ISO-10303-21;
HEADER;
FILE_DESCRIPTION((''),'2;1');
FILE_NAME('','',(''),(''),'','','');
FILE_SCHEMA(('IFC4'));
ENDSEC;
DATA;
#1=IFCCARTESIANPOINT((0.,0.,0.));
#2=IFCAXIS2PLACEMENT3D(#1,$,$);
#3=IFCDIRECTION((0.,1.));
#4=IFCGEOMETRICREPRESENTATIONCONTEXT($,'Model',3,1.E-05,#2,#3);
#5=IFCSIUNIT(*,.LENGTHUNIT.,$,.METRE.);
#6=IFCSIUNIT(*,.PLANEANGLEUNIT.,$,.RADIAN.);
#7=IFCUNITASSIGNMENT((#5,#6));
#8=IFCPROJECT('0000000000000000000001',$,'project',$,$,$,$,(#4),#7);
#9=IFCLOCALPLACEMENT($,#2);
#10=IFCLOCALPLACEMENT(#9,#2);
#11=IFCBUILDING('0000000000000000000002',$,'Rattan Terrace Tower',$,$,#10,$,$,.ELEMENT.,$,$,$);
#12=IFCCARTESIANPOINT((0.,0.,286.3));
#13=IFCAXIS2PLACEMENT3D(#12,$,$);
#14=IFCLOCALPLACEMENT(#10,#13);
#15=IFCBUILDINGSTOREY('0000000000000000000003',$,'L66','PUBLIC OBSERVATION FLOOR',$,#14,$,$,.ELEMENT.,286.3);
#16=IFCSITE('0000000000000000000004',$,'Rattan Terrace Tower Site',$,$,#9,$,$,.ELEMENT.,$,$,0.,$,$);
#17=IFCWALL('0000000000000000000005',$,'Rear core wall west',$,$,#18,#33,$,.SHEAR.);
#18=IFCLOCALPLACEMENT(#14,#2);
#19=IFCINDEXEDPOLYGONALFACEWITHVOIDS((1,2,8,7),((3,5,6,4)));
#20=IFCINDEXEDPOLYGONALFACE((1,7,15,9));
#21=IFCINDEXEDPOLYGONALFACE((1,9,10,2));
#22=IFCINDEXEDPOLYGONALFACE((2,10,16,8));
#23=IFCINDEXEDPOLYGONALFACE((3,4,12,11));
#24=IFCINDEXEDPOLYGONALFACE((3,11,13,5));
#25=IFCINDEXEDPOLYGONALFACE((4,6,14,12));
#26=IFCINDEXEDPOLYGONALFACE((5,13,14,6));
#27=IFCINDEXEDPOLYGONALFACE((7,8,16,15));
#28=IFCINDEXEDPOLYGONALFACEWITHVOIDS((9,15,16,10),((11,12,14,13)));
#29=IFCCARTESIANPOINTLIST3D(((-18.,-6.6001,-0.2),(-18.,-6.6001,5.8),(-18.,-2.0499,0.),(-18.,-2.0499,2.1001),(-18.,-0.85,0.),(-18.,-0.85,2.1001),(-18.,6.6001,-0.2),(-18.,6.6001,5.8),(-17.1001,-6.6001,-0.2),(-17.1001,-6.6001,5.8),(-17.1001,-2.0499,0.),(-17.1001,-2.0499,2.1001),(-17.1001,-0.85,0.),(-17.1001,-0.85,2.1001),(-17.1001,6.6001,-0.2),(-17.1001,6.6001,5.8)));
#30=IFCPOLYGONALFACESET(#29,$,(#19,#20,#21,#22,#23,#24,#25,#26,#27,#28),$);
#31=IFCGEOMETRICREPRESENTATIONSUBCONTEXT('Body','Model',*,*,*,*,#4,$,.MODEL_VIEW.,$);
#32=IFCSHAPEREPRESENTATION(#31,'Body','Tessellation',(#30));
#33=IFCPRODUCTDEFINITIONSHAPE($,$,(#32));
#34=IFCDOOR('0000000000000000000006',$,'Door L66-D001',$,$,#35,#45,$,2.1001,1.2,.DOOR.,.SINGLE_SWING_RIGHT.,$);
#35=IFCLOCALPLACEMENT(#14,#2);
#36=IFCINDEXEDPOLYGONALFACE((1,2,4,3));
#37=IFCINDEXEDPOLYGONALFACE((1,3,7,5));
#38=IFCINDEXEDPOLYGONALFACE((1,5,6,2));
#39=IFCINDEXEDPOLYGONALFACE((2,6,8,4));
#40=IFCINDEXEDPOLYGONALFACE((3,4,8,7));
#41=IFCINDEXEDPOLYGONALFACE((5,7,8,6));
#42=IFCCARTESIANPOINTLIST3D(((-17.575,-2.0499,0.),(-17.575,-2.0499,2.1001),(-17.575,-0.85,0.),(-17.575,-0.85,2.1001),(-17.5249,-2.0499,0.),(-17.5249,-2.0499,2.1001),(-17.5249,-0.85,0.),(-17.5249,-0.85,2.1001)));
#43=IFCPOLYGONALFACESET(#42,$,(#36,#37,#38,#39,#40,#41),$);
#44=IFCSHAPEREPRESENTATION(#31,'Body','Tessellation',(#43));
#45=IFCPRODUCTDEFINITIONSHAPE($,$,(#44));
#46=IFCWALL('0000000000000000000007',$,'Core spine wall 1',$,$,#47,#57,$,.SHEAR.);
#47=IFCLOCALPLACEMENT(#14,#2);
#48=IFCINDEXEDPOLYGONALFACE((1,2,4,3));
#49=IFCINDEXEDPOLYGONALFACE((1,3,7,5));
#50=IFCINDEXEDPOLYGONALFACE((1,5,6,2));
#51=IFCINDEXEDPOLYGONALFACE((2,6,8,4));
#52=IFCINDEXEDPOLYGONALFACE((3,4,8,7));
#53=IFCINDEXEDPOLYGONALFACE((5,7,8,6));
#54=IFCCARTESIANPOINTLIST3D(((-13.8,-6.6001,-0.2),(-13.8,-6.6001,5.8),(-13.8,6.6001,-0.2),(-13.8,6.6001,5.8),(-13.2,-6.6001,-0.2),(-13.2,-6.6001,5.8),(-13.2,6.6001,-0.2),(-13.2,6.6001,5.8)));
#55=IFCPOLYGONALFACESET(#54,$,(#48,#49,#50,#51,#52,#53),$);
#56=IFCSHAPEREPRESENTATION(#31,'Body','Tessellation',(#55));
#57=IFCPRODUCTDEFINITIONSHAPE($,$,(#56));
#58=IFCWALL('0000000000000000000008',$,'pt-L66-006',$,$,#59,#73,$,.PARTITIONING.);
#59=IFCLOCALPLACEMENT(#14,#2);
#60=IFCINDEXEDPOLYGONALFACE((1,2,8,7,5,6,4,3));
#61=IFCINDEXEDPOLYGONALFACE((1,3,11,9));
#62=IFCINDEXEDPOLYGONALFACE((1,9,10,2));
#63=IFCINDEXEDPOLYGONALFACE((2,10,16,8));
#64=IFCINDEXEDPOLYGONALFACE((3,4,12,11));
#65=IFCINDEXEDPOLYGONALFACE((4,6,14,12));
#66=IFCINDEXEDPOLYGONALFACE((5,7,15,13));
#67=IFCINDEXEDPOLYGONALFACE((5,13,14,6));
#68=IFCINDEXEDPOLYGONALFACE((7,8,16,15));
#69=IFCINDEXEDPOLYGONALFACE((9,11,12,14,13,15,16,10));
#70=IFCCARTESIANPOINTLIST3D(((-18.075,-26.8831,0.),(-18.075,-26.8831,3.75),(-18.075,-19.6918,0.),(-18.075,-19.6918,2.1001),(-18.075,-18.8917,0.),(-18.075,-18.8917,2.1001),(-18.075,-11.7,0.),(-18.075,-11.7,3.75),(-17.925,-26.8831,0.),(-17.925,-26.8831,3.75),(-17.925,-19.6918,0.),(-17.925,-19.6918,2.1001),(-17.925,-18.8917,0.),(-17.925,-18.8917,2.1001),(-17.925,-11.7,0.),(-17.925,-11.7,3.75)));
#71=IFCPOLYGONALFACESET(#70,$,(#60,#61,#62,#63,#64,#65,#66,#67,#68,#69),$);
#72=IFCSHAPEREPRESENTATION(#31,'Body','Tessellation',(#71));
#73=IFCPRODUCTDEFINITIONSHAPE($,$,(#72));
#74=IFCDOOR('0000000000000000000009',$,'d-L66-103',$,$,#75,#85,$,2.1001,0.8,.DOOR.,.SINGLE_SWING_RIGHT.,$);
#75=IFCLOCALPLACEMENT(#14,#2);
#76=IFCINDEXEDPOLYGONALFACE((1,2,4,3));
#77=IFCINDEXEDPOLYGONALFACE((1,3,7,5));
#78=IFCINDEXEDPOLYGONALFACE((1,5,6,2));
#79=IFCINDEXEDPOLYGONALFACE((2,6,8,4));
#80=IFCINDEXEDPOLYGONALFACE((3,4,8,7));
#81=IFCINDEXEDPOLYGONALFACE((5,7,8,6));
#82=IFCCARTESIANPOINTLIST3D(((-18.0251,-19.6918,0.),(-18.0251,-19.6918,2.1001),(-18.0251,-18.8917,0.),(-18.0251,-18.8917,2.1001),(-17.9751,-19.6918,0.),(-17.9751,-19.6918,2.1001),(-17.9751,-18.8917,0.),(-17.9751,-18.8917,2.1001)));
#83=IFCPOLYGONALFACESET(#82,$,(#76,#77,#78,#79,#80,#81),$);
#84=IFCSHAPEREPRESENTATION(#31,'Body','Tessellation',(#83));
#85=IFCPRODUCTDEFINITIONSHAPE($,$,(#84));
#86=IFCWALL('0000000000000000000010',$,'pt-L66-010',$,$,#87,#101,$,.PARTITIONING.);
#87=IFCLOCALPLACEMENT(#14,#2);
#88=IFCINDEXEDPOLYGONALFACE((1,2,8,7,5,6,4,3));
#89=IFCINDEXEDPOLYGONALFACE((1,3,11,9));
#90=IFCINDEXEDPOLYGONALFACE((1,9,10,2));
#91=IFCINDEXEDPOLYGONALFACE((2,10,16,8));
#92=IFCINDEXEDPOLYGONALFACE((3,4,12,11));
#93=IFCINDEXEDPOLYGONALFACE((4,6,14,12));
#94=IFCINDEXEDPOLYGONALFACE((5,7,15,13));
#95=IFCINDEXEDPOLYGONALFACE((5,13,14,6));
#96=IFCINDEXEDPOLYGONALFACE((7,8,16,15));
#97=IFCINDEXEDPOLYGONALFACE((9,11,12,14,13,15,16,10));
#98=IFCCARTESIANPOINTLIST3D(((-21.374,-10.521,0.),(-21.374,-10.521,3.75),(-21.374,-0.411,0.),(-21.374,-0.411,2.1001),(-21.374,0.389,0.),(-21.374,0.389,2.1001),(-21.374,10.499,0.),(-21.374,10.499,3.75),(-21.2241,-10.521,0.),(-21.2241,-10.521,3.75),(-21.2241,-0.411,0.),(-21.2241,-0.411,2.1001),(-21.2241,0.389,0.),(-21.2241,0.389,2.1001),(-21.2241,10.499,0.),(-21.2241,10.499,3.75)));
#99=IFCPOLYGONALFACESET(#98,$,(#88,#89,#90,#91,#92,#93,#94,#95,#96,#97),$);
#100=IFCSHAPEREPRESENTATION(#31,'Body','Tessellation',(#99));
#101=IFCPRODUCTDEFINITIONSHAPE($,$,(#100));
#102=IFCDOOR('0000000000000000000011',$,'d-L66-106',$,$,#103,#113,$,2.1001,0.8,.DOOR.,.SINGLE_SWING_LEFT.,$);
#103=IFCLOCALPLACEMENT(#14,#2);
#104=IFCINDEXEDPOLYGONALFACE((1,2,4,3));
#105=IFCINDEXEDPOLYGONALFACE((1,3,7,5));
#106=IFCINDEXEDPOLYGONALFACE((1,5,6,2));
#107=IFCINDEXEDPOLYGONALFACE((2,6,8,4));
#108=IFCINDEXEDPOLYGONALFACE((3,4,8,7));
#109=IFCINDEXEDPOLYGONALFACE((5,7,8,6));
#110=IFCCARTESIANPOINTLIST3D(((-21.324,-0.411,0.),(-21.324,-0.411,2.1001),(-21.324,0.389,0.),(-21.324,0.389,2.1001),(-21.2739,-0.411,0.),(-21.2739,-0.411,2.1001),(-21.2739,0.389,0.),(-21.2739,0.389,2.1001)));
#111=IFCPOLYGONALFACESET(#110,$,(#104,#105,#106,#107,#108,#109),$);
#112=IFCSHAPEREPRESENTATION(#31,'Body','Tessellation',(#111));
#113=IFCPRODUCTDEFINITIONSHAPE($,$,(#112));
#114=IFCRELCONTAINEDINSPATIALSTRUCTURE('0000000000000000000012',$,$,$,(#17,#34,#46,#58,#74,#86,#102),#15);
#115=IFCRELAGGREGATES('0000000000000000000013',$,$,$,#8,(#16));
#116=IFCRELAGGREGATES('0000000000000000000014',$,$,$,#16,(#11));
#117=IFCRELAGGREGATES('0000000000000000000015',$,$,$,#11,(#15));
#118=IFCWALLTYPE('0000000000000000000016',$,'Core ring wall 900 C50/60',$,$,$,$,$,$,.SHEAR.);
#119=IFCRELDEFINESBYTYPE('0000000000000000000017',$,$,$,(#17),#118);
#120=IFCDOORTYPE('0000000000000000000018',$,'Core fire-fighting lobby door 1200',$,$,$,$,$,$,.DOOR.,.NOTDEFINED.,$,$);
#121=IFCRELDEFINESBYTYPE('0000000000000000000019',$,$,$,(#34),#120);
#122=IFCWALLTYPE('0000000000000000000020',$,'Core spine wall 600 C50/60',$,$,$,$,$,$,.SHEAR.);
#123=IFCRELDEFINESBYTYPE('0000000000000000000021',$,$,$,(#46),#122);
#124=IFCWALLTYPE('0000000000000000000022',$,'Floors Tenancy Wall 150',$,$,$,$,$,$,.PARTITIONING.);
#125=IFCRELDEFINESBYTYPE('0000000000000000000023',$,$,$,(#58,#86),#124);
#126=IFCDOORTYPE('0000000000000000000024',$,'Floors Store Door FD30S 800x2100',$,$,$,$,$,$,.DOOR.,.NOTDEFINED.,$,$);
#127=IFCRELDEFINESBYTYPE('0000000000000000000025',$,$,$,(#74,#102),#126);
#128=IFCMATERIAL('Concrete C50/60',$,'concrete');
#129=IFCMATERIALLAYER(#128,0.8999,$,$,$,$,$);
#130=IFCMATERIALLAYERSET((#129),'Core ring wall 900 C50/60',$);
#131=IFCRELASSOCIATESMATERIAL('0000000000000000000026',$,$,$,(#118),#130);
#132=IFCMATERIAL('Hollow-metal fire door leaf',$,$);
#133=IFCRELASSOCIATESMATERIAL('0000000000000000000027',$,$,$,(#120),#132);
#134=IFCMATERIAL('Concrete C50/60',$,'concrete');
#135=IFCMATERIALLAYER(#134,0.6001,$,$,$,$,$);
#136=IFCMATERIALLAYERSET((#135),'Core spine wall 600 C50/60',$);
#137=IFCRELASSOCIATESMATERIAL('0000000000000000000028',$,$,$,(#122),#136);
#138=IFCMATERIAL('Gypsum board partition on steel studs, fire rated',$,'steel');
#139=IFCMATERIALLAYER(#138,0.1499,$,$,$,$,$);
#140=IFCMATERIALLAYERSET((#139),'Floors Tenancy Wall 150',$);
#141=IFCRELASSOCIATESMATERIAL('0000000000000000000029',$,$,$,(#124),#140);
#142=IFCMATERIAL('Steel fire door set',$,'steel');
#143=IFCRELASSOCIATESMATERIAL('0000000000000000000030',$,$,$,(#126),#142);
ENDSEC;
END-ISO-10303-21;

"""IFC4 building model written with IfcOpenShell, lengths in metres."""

from ifc_helpers import new_model, si_unit, direction, frame, frame_2d, origin, place, context, subcontext, project, spatial, rectangle, extrude, material, layer, layer_set, type_object, element, fill, save


model = new_model("IFC4")

# Units and contexts
model_context = context("Model", 3, precision=1e-05, world=origin(), true_north=direction((0.0, 1.0)))
body_context = subcontext(model_context, "Body", "Model", "MODEL_VIEW")
ifc_project = project(units=[si_unit("LENGTHUNIT", "METRE"), si_unit("PLANEANGLEUNIT", "RADIAN")], contexts=[model_context])

# Site, building, storey
site_placement = place(None, origin())
site = spatial("IfcSite", under=ifc_project, at=site_placement, Name="Rattan Terrace Tower Site", CompositionType="ELEMENT", RefElevation=0.0)
building_placement = place(site_placement, origin())
building = spatial("IfcBuilding", under=site, at=building_placement, Name="Rattan Terrace Tower", CompositionType="ELEMENT")
storey_placement = place(building_placement, frame((0.0, 0.0, 286.3)))
storey = spatial("IfcBuildingStorey", under=building, at=storey_placement, Name="L66", Description="PUBLIC OBSERVATION FLOOR", CompositionType="ELEMENT", Elevation=286.3)

# Shared definitions
ifc_material_1 = material(Name="Concrete C50/60", Category="concrete")
ifc_layer_1 = layer(ifc_material_1, 0.8999)
ifc_layer_set_1 = layer_set([ifc_layer_1], Name="Core ring wall 900 C50/60")
wall_type_1 = type_object("IfcWallType", Name="Core ring wall 900 C50/60", PredefinedType="SHEAR", material=ifc_layer_set_1)

# Wall, opening, door
wall_1_placement = place(storey_placement, frame((-17.55, -6.6001, -0.2), z_axis=(0.0, 0.0, 1.0), x_axis=(0.0, 1.0, 0.0)))
wall_1 = element("IfcWall", 1, at=wall_1_placement, inside=storey, type_object=wall_type_1, Name="Rear core wall west", PredefinedType="SHEAR", context=body_context, shape_type="SweptSolid", body=[
    extrude(rectangle(XDim=13.2002, YDim=0.8999, at=frame_2d((6.6001, 0.0))), origin(), (0.0, 0.0, 1.0), 6.0),
])
opening_1_placement = place(wall_1_placement, frame((4.55, 0.0, 0.2)))
opening_1 = element("IfcOpeningElement", 2, at=opening_1_placement, cuts=wall_1, PredefinedType="OPENING", context=body_context, shape_type="SweptSolid", body=[
    extrude(rectangle(XDim=1.2, YDim=2.1001, at=frame_2d((0.6001, 1.05))), frame((0.0, 0.4604, 0.0), z_axis=(0.0, -1.0, 0.0), x_axis=(1.0, 0.0, 0.0)), (0.0, 0.0, 1.0), 0.9209),
])
ifc_material_2 = material(Name="Hollow-metal fire door leaf")
door_type_1 = type_object("IfcDoorType", Name="Core fire-fighting lobby door 1200", OperationType="NOTDEFINED", PredefinedType="DOOR", material=ifc_material_2)
door_1_placement = place(opening_1_placement, origin())
door_1 = element("IfcDoor", 3, at=door_1_placement, inside=storey, type_object=door_type_1, Name="Door L66-D001", OperationType="SINGLE_SWING_RIGHT", OverallHeight=2.1001, OverallWidth=1.2, PredefinedType="DOOR", context=body_context, shape_type="SweptSolid", body=[
    extrude(rectangle(XDim=1.2, YDim=2.1001, at=frame_2d((0.6001, 1.05))), frame((0.0, 0.0249, 0.0), z_axis=(0.0, -1.0, 0.0), x_axis=(1.0, 0.0, 0.0)), (0.0, 0.0, 1.0), 0.05),
])
fill(opening_1, door_1)

# Wall
ifc_material_3 = material(Name="Concrete C50/60", Category="concrete")
ifc_layer_2 = layer(ifc_material_3, 0.6001)
ifc_layer_set_2 = layer_set([ifc_layer_2], Name="Core spine wall 600 C50/60")
wall_type_2 = type_object("IfcWallType", Name="Core spine wall 600 C50/60", PredefinedType="SHEAR", material=ifc_layer_set_2)
wall_2_placement = place(storey_placement, frame((-13.5, -6.6001, -0.2), z_axis=(0.0, 0.0, 1.0), x_axis=(0.0, 1.0, 0.0)))
element("IfcWall", 4, at=wall_2_placement, inside=storey, type_object=wall_type_2, Name="Core spine wall 1", PredefinedType="SHEAR", context=body_context, shape_type="SweptSolid", body=[
    extrude(rectangle(XDim=13.2002, YDim=0.6001, at=frame_2d((6.6001, 0.0))), origin(), (0.0, 0.0, 1.0), 6.0),
])

# Walls, openings, doors
ifc_material_4 = material(Name="Gypsum board partition on steel studs, fire rated", Category="steel")
ifc_layer_3 = layer(ifc_material_4, 0.1499)
ifc_layer_set_3 = layer_set([ifc_layer_3], Name="Floors Tenancy Wall 150")
wall_type_3 = type_object("IfcWallType", Name="Floors Tenancy Wall 150", PredefinedType="PARTITIONING", material=ifc_layer_set_3)
wall_3_placement = place(storey_placement, frame((-18.0, -11.7, 0.0), z_axis=(0.0, 0.0, 1.0), x_axis=(0.0, -1.0, 0.0)))
wall_3 = element("IfcWall", 5, at=wall_3_placement, inside=storey, type_object=wall_type_3, Name="pt-L66-006", PredefinedType="PARTITIONING", context=body_context, shape_type="SweptSolid", body=[
    extrude(rectangle(XDim=15.1831, YDim=0.1499, at=frame_2d((7.5916, 0.0))), origin(), (0.0, 0.0, 1.0), 3.75),
])
opening_2_placement = place(wall_3_placement, frame((7.1919, 0.0, 0.0)))
opening_2 = element("IfcOpeningElement", 6, at=opening_2_placement, cuts=wall_3, PredefinedType="OPENING", context=body_context, shape_type="SweptSolid", body=[
    extrude(rectangle(XDim=0.8, YDim=2.1001, at=frame_2d((0.3999, 1.05))), frame((0.0, 0.0854, 0.0), z_axis=(0.0, -1.0, 0.0), x_axis=(1.0, 0.0, 0.0)), (0.0, 0.0, 1.0), 0.1709),
])
ifc_material_5 = material(Name="Steel fire door set", Category="steel")
door_type_2 = type_object("IfcDoorType", Name="Floors Store Door FD30S 800x2100", OperationType="NOTDEFINED", PredefinedType="DOOR", material=ifc_material_5)
door_2_placement = place(opening_2_placement, origin())
door_2 = element("IfcDoor", 7, at=door_2_placement, inside=storey, type_object=door_type_2, Name="d-L66-103", OperationType="SINGLE_SWING_RIGHT", OverallHeight=2.1001, OverallWidth=0.8, PredefinedType="DOOR", context=body_context, shape_type="SweptSolid", body=[
    extrude(rectangle(XDim=0.8, YDim=2.1001, at=frame_2d((0.3999, 1.05))), frame((0.0, 0.0249, 0.0), z_axis=(0.0, -1.0, 0.0), x_axis=(1.0, 0.0, 0.0)), (0.0, 0.0, 1.0), 0.05),
])
fill(opening_2, door_2)
wall_4_placement = place(storey_placement, frame((-21.2991, -10.521, 0.0), z_axis=(0.0, 0.0, 1.0), x_axis=(0.0, 1.0, 0.0)))
wall_4 = element("IfcWall", 8, at=wall_4_placement, inside=storey, type_object=wall_type_3, Name="pt-L66-010", PredefinedType="PARTITIONING", context=body_context, shape_type="SweptSolid", body=[
    extrude(rectangle(XDim=21.02, YDim=0.1499, at=frame_2d((10.51, 0.0))), origin(), (0.0, 0.0, 1.0), 3.75),
])
opening_3_placement = place(wall_4_placement, frame((10.1101, 0.0, 0.0)))
opening_3 = element("IfcOpeningElement", 9, at=opening_3_placement, cuts=wall_4, PredefinedType="OPENING", context=body_context, shape_type="SweptSolid", body=[
    extrude(rectangle(XDim=0.8, YDim=2.1001, at=frame_2d((0.3999, 1.05))), frame((0.0, 0.0854, 0.0), z_axis=(0.0, -1.0, 0.0), x_axis=(1.0, 0.0, 0.0)), (0.0, 0.0, 1.0), 0.1709),
])
door_3_placement = place(opening_3_placement, origin())
door_3 = element("IfcDoor", 10, at=door_3_placement, inside=storey, type_object=door_type_2, Name="d-L66-106", OperationType="SINGLE_SWING_LEFT", OverallHeight=2.1001, OverallWidth=0.8, PredefinedType="DOOR", context=body_context, shape_type="SweptSolid", body=[
    extrude(rectangle(XDim=0.8, YDim=2.1001, at=frame_2d((0.3999, 1.05))), frame((0.0, 0.0249, 0.0), z_axis=(0.0, -1.0, 0.0), x_axis=(1.0, 0.0, 0.0)), (0.0, 0.0, 1.0), 0.05),
])
fill(opening_3, door_3)

save(model, "model.ifc")
